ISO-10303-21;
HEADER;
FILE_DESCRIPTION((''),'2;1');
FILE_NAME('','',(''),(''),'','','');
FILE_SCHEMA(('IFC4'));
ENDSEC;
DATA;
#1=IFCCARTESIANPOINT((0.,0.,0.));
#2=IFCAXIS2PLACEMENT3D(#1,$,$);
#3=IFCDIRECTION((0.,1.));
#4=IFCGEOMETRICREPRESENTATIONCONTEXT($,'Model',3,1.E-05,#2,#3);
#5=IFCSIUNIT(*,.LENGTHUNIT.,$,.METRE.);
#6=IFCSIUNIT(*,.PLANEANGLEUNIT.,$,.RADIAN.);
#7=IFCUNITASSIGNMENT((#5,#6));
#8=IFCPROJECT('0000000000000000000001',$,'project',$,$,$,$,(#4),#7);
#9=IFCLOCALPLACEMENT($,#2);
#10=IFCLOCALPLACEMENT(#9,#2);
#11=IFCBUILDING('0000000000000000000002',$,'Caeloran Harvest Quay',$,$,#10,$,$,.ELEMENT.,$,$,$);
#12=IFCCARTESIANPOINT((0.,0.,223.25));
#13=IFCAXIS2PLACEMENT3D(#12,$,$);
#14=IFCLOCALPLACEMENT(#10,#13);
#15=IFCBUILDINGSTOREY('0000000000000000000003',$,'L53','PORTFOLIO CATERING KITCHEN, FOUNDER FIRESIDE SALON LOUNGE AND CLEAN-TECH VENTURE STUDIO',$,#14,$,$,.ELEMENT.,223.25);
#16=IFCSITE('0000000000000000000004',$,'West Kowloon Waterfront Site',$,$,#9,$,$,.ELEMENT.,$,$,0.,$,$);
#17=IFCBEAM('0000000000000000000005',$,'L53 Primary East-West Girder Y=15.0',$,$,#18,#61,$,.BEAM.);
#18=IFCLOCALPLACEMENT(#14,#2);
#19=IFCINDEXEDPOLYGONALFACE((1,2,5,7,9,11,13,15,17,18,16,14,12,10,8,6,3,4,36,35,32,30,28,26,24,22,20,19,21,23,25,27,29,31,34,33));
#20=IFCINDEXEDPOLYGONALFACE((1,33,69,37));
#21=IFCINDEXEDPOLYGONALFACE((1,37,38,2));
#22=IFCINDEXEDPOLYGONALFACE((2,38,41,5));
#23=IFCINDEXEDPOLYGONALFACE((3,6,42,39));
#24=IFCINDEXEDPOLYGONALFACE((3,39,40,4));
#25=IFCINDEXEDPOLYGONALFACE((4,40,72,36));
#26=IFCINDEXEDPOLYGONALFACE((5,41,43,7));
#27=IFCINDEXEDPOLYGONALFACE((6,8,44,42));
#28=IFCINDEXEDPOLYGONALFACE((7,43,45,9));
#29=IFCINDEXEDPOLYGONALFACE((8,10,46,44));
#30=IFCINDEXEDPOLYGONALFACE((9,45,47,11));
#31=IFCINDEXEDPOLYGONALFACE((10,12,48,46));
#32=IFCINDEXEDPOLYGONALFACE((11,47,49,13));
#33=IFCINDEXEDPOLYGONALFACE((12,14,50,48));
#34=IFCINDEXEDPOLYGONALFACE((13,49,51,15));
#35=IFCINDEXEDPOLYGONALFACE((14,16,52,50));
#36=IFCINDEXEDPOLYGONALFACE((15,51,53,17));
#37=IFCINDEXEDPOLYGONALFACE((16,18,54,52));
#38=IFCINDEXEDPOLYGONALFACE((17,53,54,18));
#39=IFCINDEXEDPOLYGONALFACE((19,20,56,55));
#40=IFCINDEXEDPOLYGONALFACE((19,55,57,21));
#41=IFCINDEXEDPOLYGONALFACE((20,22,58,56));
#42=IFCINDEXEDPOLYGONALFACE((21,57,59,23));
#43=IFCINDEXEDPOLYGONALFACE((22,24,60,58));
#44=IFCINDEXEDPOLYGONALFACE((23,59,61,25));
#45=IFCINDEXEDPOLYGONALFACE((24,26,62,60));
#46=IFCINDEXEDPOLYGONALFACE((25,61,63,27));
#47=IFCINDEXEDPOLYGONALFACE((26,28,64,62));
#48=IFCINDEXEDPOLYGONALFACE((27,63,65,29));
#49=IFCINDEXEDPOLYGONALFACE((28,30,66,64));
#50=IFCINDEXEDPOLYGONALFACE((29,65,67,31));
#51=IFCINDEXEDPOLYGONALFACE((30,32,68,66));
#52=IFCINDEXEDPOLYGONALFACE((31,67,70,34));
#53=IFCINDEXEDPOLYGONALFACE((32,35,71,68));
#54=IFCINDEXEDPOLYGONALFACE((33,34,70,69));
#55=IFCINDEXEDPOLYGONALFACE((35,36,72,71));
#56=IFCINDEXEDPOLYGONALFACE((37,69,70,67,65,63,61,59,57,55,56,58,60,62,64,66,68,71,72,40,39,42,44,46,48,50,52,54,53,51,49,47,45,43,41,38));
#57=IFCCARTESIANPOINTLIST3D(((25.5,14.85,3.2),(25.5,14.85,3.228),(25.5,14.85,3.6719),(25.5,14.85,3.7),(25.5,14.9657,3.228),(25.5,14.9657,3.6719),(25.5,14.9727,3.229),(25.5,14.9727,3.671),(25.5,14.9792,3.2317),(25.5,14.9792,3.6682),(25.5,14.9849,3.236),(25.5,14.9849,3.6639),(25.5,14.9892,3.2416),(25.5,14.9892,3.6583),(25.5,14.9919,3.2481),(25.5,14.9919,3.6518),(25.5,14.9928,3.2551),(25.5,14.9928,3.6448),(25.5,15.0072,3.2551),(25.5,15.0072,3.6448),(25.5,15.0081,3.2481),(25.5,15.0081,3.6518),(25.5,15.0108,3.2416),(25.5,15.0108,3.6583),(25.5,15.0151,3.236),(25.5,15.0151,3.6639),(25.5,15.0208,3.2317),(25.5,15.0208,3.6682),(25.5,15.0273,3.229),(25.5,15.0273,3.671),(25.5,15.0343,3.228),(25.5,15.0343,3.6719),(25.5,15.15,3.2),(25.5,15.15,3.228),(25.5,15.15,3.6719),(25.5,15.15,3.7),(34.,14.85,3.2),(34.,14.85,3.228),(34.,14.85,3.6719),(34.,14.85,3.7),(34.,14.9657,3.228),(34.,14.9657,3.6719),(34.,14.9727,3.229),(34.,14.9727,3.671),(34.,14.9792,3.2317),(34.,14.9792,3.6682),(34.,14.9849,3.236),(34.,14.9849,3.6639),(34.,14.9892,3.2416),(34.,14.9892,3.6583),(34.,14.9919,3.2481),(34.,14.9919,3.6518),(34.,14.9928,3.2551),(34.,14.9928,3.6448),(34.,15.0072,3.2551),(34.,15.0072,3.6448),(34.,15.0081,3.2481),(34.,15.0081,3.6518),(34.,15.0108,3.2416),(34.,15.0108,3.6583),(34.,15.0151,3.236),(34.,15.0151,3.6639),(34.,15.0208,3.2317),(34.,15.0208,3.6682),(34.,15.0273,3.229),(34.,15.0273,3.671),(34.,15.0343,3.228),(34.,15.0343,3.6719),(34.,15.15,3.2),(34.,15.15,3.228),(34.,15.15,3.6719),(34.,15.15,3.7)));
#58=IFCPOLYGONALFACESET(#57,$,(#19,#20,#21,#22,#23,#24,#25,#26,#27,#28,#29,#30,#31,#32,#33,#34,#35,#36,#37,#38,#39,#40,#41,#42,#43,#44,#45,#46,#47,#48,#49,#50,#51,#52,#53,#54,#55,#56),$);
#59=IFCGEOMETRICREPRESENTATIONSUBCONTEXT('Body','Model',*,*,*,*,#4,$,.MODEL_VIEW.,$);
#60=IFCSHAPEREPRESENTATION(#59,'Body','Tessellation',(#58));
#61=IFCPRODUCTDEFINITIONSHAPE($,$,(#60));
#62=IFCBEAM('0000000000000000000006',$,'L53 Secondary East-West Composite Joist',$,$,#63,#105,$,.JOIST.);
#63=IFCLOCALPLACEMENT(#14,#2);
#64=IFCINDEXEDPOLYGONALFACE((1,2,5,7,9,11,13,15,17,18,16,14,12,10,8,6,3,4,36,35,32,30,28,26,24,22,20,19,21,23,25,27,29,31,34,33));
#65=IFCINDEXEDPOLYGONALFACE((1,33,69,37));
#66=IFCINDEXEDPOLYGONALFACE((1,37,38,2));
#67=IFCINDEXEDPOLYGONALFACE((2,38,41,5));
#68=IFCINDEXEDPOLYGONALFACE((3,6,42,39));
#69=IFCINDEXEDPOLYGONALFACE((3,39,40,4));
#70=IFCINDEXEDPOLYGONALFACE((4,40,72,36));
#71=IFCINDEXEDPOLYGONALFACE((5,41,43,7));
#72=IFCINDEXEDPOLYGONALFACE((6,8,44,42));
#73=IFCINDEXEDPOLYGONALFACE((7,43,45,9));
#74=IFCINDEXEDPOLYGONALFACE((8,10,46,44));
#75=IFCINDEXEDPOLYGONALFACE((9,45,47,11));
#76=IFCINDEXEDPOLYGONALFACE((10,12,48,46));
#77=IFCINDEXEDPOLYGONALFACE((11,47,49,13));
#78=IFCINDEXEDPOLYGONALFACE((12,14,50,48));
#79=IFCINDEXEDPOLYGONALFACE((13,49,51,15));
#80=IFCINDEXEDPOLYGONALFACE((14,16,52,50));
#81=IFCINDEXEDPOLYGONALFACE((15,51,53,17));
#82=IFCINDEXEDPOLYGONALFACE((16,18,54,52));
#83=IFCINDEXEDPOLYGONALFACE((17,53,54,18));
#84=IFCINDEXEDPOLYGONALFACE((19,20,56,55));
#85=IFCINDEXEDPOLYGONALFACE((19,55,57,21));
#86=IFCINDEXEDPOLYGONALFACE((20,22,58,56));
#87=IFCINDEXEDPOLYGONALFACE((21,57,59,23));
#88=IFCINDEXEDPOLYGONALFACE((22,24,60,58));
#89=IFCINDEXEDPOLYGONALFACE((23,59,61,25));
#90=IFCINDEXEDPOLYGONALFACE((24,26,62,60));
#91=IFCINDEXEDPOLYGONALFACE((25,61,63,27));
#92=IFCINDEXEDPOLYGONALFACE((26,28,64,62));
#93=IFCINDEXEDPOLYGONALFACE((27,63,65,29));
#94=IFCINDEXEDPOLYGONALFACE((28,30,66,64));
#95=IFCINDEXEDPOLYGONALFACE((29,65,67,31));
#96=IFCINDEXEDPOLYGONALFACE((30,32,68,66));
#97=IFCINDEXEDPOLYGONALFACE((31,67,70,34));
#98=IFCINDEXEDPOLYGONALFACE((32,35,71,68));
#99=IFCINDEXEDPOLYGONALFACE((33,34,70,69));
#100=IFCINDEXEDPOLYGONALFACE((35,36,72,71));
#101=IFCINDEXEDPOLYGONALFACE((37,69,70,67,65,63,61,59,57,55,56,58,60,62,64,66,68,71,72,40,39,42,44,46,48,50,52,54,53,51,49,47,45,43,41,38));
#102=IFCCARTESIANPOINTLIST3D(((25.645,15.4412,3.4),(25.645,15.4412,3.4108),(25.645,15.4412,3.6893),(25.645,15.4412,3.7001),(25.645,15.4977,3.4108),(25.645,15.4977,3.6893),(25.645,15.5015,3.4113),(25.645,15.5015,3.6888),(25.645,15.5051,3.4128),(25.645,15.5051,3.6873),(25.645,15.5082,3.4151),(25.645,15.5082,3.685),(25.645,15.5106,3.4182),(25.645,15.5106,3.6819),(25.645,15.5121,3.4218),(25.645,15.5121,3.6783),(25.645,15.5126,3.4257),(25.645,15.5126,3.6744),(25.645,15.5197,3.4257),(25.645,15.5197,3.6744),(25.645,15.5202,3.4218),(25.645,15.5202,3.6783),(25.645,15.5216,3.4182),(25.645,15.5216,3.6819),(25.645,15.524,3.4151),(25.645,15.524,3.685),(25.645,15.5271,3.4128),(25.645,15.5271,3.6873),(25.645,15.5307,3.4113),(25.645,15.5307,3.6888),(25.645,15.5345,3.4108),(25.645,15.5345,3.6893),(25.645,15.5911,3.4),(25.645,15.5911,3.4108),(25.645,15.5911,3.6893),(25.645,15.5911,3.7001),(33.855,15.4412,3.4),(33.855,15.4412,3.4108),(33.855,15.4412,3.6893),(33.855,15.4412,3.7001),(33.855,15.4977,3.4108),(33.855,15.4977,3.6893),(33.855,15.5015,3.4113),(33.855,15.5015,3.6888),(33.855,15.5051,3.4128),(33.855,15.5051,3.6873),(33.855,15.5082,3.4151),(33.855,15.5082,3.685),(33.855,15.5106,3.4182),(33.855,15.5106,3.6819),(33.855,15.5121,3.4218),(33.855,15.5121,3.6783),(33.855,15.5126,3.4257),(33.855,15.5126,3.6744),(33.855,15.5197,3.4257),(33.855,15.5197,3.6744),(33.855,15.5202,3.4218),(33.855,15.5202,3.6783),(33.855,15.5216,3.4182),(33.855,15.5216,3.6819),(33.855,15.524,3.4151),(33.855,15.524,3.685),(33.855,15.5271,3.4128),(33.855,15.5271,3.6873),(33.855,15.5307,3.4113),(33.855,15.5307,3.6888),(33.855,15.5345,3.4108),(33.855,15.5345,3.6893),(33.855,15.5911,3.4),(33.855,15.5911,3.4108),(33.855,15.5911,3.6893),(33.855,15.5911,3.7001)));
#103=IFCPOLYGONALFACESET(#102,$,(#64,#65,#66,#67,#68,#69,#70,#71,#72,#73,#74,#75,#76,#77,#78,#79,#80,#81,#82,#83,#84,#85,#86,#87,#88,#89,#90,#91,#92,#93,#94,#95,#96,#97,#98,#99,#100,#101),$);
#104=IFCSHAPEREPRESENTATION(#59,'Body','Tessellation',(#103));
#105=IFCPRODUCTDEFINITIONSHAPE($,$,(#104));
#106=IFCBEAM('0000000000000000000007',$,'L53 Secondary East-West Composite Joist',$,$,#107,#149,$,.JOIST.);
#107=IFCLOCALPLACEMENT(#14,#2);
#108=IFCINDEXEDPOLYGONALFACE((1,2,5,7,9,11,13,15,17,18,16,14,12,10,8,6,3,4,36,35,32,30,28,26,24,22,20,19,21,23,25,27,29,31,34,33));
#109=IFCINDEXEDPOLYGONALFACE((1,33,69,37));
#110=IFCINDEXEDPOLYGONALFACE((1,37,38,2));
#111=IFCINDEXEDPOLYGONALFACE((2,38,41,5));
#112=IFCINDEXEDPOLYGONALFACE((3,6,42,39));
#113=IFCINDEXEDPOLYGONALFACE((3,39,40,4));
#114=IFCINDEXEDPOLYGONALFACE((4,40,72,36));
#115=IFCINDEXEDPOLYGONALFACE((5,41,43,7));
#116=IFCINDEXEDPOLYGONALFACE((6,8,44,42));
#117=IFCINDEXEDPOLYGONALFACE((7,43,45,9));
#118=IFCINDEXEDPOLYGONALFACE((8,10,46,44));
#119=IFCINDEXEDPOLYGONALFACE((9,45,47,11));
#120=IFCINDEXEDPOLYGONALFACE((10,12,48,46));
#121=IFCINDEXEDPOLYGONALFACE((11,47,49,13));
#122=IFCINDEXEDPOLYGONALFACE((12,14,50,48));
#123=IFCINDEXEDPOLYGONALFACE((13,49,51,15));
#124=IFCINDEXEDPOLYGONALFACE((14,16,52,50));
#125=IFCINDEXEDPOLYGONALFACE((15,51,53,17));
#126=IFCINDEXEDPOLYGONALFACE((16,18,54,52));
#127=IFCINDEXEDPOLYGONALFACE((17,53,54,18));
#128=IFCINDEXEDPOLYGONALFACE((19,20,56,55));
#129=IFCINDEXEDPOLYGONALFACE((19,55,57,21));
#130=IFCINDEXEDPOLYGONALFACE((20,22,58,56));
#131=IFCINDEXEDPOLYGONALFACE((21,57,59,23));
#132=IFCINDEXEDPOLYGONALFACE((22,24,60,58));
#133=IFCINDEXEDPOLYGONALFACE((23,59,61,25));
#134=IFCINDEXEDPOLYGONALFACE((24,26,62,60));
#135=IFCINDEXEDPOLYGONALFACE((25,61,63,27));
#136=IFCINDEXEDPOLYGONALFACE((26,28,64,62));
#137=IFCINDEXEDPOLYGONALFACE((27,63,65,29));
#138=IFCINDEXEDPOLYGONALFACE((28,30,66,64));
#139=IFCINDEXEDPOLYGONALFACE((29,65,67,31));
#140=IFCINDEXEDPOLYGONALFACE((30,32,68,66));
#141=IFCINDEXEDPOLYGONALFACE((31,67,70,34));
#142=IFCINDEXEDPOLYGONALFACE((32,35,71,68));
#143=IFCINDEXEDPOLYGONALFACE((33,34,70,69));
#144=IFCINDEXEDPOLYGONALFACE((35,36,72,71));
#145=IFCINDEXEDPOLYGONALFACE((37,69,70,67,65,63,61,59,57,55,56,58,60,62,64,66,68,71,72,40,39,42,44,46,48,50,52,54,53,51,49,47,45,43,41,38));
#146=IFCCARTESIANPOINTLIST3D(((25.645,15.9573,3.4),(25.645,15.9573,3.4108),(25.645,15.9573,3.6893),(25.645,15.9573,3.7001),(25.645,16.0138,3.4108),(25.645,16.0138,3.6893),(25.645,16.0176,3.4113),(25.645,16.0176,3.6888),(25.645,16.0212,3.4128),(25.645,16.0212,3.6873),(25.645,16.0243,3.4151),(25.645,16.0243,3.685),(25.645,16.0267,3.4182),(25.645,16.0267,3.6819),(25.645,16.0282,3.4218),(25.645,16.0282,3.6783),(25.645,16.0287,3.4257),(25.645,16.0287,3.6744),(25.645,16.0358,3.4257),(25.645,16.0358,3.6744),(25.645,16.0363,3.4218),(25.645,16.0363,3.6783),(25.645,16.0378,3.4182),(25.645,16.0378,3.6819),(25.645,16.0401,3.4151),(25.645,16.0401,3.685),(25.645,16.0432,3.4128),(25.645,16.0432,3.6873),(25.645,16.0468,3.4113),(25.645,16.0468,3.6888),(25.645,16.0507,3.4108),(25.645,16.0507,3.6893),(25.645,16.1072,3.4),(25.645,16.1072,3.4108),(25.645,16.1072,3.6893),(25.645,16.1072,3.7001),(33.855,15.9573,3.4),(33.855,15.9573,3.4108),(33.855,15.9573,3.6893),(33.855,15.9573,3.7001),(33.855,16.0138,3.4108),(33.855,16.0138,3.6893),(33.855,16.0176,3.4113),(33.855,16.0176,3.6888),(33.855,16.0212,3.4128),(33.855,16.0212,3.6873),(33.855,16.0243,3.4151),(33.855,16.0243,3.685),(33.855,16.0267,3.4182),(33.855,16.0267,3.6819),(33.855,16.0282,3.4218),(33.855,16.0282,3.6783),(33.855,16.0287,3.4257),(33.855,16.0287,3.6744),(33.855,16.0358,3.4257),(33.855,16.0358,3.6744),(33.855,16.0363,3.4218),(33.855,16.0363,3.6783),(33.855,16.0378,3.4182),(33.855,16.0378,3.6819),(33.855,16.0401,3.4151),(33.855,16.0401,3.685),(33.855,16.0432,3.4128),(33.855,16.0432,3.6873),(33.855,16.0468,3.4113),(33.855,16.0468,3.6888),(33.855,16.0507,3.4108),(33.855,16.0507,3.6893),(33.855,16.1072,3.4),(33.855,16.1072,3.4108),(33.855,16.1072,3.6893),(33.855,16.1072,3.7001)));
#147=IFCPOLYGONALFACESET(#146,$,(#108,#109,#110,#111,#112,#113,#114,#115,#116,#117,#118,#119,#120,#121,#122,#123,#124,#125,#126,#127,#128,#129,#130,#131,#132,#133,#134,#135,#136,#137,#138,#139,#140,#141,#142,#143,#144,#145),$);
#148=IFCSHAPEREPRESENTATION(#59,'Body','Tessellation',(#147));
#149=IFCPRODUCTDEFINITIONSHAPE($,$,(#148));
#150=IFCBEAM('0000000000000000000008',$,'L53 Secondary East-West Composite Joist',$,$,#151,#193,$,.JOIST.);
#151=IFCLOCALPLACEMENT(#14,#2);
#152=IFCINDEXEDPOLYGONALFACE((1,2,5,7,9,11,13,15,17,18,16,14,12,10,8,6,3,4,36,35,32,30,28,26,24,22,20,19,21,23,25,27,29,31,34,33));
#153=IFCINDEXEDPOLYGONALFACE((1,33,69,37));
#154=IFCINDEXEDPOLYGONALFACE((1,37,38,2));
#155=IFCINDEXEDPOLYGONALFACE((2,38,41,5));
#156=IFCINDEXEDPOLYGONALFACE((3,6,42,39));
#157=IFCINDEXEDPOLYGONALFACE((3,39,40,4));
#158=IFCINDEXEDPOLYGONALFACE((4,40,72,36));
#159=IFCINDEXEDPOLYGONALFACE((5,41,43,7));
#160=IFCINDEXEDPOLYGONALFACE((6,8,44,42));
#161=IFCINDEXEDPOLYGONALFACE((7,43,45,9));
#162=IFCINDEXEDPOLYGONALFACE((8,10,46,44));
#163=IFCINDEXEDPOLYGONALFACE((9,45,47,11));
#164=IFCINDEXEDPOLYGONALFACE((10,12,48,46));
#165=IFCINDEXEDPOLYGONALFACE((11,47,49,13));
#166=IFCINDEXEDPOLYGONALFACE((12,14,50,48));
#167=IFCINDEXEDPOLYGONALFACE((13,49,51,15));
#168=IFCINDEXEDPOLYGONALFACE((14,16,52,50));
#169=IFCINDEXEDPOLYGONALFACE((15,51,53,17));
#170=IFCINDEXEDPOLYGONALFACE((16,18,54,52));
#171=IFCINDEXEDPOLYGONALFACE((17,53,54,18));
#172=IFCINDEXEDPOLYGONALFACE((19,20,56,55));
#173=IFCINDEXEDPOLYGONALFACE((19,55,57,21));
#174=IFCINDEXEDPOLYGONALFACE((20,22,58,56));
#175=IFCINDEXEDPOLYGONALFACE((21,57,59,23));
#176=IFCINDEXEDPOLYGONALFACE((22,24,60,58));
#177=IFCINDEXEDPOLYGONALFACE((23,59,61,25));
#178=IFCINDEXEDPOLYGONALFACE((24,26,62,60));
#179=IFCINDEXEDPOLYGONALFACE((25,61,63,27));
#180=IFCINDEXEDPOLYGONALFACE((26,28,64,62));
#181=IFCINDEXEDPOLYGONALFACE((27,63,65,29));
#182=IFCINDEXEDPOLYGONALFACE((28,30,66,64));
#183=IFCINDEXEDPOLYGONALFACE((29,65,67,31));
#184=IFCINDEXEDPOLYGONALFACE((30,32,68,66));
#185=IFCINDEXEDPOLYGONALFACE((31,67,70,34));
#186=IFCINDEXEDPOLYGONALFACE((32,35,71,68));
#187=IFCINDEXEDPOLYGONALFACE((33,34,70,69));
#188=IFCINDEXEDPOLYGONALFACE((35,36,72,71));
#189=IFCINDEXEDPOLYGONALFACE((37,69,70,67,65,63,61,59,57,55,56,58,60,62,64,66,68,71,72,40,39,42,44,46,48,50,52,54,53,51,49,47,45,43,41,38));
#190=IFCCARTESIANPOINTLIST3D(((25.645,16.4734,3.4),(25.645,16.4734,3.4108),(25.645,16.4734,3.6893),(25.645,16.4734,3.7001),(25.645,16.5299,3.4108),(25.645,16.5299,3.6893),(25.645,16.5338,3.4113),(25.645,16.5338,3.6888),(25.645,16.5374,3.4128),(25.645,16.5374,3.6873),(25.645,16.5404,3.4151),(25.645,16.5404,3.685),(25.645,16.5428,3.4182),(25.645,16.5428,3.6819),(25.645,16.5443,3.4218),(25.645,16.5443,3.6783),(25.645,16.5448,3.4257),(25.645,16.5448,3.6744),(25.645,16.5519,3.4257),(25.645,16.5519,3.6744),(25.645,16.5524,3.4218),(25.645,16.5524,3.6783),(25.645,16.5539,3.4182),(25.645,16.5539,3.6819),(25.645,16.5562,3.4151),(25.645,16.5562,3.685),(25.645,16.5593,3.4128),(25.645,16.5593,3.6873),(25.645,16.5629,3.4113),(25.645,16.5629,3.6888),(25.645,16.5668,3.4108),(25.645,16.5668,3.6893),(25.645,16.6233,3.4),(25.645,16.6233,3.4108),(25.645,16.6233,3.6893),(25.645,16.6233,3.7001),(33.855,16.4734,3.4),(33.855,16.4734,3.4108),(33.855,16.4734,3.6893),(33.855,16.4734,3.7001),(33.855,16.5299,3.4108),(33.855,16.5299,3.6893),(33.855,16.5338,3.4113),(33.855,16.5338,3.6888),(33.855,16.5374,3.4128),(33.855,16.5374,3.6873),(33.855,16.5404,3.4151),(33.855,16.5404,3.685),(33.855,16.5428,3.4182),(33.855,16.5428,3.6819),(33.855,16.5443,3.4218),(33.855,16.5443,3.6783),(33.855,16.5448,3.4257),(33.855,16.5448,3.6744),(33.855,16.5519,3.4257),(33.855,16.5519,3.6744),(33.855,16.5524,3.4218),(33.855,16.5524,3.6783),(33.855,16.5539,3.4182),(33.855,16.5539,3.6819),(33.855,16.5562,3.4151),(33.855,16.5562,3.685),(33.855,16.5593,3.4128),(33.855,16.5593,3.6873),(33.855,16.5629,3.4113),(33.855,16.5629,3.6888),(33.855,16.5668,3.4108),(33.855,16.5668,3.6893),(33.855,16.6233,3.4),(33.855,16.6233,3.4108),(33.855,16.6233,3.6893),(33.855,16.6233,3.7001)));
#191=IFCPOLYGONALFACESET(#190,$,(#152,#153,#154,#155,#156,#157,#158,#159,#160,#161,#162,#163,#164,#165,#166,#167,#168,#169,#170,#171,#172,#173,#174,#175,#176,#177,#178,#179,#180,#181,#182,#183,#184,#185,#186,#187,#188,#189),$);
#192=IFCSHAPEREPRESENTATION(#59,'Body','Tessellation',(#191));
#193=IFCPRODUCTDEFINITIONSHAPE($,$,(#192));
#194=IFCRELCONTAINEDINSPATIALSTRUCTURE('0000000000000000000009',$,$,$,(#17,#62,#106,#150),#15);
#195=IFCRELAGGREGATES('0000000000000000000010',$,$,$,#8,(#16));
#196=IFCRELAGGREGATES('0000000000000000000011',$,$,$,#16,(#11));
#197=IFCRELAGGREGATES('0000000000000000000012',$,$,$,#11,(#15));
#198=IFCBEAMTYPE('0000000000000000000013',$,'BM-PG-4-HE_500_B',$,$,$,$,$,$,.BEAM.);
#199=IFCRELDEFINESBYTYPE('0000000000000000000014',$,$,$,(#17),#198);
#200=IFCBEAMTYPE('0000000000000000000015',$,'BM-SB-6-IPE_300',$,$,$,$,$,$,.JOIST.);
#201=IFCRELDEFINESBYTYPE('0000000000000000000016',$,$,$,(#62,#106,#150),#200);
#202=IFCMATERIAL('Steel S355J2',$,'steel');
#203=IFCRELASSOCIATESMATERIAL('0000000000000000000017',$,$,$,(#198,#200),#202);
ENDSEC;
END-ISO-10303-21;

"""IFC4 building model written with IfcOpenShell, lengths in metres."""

from ifc_helpers import new_model, si_unit, direction, frame, origin, origin_2d, place, context, subcontext, project, spatial, i_section, extrude, material, material_profile, profile_set, type_object, element, save


model = new_model("IFC4")

# Units and contexts
model_context = context("Model", 3, precision=1e-05, world=origin(), true_north=direction((0.0, 1.0)))
body_context = subcontext(model_context, "Body", "Model", "MODEL_VIEW")
ifc_project = project(units=[si_unit("LENGTHUNIT", "METRE"), si_unit("PLANEANGLEUNIT", "RADIAN")], contexts=[model_context])

# Site, building, storey
site_placement = place(None, origin())
site = spatial("IfcSite", under=ifc_project, at=site_placement, Name="West Kowloon Waterfront Site", CompositionType="ELEMENT", RefElevation=0.0)
building_placement = place(site_placement, origin())
building = spatial("IfcBuilding", under=site, at=building_placement, Name="Caeloran Harvest Quay", CompositionType="ELEMENT")
storey_placement = place(building_placement, frame((0.0, 0.0, 223.25)))
storey = spatial("IfcBuildingStorey", under=building, at=storey_placement, Name="L53", Description="PORTFOLIO CATERING KITCHEN, FOUNDER FIRESIDE SALON LOUNGE AND CLEAN-TECH VENTURE STUDIO", CompositionType="ELEMENT", Elevation=223.25)

# Beams
ifc_material_1 = material(Name="Steel S355J2", Category="steel")
ifc_material_profile_1 = material_profile(ifc_material_1, i_section(OverallWidth=0.3, OverallDepth=0.5, WebThickness=0.0144, FlangeThickness=0.0281, FilletRadius=0.0271, at=origin_2d()), Name="HE 500 B")
ifc_profile_set_1 = profile_set([ifc_material_profile_1], Name="Steel S355J2")
beam_type_1 = type_object("IfcBeamType", Name="BM-PG-4-HE_500_B", PredefinedType="BEAM", material=ifc_profile_set_1)
beam_1_placement = place(storey_placement, frame((25.5, 15.0, 3.45), z_axis=(1.0, 0.0, 0.0), x_axis=(0.0, 1.0, 0.0)))
element("IfcBeam", 1, at=beam_1_placement, inside=storey, type_object=beam_type_1, Name="L53 Primary East-West Girder Y=15.0", PredefinedType="BEAM", context=body_context, shape_type="SweptSolid", body=[
    extrude(i_section(OverallWidth=0.3, OverallDepth=0.5, WebThickness=0.0144, FlangeThickness=0.0281, FilletRadius=0.0271, at=origin_2d()), origin(), (0.0, 0.0, 1.0), 8.5),
])
ifc_material_profile_2 = material_profile(ifc_material_1, i_section(OverallWidth=0.1499, OverallDepth=0.3, WebThickness=0.0071, FlangeThickness=0.0107, FilletRadius=0.0149, at=origin_2d()), Name="IPE 300")
ifc_profile_set_2 = profile_set([ifc_material_profile_2], Name="Steel S355J2")
beam_type_2 = type_object("IfcBeamType", Name="BM-SB-6-IPE_300", PredefinedType="JOIST", material=ifc_profile_set_2)
for number, where, z_axis, x_axis, name in (
    (2, (25.645, 15.5161, 3.55), (1.0, 0.0, 0.0), (0.0, 1.0, 0.0), "L53 Secondary East-West Composite Joist"),
    (3, (25.645, 16.0322, 3.55), (1.0, 0.0, 0.0), (0.0, 1.0, 0.0), "L53 Secondary East-West Composite Joist"),
    (4, (25.645, 16.5483, 3.55), (1.0, 0.0, 0.0), (0.0, 1.0, 0.0), "L53 Secondary East-West Composite Joist"),
):
    element("IfcBeam", number, at=place(storey_placement, frame(where, z_axis=z_axis, x_axis=x_axis)), inside=storey, type_object=beam_type_2, Name=name, PredefinedType="JOIST", context=body_context, shape_type="SweptSolid", body=[
        extrude(i_section(OverallWidth=0.1499, OverallDepth=0.3, WebThickness=0.0071, FlangeThickness=0.0107, FilletRadius=0.0149, at=origin_2d()), origin(), (0.0, 0.0, 1.0), 8.21),
    ])

save(model, "model.ifc")
